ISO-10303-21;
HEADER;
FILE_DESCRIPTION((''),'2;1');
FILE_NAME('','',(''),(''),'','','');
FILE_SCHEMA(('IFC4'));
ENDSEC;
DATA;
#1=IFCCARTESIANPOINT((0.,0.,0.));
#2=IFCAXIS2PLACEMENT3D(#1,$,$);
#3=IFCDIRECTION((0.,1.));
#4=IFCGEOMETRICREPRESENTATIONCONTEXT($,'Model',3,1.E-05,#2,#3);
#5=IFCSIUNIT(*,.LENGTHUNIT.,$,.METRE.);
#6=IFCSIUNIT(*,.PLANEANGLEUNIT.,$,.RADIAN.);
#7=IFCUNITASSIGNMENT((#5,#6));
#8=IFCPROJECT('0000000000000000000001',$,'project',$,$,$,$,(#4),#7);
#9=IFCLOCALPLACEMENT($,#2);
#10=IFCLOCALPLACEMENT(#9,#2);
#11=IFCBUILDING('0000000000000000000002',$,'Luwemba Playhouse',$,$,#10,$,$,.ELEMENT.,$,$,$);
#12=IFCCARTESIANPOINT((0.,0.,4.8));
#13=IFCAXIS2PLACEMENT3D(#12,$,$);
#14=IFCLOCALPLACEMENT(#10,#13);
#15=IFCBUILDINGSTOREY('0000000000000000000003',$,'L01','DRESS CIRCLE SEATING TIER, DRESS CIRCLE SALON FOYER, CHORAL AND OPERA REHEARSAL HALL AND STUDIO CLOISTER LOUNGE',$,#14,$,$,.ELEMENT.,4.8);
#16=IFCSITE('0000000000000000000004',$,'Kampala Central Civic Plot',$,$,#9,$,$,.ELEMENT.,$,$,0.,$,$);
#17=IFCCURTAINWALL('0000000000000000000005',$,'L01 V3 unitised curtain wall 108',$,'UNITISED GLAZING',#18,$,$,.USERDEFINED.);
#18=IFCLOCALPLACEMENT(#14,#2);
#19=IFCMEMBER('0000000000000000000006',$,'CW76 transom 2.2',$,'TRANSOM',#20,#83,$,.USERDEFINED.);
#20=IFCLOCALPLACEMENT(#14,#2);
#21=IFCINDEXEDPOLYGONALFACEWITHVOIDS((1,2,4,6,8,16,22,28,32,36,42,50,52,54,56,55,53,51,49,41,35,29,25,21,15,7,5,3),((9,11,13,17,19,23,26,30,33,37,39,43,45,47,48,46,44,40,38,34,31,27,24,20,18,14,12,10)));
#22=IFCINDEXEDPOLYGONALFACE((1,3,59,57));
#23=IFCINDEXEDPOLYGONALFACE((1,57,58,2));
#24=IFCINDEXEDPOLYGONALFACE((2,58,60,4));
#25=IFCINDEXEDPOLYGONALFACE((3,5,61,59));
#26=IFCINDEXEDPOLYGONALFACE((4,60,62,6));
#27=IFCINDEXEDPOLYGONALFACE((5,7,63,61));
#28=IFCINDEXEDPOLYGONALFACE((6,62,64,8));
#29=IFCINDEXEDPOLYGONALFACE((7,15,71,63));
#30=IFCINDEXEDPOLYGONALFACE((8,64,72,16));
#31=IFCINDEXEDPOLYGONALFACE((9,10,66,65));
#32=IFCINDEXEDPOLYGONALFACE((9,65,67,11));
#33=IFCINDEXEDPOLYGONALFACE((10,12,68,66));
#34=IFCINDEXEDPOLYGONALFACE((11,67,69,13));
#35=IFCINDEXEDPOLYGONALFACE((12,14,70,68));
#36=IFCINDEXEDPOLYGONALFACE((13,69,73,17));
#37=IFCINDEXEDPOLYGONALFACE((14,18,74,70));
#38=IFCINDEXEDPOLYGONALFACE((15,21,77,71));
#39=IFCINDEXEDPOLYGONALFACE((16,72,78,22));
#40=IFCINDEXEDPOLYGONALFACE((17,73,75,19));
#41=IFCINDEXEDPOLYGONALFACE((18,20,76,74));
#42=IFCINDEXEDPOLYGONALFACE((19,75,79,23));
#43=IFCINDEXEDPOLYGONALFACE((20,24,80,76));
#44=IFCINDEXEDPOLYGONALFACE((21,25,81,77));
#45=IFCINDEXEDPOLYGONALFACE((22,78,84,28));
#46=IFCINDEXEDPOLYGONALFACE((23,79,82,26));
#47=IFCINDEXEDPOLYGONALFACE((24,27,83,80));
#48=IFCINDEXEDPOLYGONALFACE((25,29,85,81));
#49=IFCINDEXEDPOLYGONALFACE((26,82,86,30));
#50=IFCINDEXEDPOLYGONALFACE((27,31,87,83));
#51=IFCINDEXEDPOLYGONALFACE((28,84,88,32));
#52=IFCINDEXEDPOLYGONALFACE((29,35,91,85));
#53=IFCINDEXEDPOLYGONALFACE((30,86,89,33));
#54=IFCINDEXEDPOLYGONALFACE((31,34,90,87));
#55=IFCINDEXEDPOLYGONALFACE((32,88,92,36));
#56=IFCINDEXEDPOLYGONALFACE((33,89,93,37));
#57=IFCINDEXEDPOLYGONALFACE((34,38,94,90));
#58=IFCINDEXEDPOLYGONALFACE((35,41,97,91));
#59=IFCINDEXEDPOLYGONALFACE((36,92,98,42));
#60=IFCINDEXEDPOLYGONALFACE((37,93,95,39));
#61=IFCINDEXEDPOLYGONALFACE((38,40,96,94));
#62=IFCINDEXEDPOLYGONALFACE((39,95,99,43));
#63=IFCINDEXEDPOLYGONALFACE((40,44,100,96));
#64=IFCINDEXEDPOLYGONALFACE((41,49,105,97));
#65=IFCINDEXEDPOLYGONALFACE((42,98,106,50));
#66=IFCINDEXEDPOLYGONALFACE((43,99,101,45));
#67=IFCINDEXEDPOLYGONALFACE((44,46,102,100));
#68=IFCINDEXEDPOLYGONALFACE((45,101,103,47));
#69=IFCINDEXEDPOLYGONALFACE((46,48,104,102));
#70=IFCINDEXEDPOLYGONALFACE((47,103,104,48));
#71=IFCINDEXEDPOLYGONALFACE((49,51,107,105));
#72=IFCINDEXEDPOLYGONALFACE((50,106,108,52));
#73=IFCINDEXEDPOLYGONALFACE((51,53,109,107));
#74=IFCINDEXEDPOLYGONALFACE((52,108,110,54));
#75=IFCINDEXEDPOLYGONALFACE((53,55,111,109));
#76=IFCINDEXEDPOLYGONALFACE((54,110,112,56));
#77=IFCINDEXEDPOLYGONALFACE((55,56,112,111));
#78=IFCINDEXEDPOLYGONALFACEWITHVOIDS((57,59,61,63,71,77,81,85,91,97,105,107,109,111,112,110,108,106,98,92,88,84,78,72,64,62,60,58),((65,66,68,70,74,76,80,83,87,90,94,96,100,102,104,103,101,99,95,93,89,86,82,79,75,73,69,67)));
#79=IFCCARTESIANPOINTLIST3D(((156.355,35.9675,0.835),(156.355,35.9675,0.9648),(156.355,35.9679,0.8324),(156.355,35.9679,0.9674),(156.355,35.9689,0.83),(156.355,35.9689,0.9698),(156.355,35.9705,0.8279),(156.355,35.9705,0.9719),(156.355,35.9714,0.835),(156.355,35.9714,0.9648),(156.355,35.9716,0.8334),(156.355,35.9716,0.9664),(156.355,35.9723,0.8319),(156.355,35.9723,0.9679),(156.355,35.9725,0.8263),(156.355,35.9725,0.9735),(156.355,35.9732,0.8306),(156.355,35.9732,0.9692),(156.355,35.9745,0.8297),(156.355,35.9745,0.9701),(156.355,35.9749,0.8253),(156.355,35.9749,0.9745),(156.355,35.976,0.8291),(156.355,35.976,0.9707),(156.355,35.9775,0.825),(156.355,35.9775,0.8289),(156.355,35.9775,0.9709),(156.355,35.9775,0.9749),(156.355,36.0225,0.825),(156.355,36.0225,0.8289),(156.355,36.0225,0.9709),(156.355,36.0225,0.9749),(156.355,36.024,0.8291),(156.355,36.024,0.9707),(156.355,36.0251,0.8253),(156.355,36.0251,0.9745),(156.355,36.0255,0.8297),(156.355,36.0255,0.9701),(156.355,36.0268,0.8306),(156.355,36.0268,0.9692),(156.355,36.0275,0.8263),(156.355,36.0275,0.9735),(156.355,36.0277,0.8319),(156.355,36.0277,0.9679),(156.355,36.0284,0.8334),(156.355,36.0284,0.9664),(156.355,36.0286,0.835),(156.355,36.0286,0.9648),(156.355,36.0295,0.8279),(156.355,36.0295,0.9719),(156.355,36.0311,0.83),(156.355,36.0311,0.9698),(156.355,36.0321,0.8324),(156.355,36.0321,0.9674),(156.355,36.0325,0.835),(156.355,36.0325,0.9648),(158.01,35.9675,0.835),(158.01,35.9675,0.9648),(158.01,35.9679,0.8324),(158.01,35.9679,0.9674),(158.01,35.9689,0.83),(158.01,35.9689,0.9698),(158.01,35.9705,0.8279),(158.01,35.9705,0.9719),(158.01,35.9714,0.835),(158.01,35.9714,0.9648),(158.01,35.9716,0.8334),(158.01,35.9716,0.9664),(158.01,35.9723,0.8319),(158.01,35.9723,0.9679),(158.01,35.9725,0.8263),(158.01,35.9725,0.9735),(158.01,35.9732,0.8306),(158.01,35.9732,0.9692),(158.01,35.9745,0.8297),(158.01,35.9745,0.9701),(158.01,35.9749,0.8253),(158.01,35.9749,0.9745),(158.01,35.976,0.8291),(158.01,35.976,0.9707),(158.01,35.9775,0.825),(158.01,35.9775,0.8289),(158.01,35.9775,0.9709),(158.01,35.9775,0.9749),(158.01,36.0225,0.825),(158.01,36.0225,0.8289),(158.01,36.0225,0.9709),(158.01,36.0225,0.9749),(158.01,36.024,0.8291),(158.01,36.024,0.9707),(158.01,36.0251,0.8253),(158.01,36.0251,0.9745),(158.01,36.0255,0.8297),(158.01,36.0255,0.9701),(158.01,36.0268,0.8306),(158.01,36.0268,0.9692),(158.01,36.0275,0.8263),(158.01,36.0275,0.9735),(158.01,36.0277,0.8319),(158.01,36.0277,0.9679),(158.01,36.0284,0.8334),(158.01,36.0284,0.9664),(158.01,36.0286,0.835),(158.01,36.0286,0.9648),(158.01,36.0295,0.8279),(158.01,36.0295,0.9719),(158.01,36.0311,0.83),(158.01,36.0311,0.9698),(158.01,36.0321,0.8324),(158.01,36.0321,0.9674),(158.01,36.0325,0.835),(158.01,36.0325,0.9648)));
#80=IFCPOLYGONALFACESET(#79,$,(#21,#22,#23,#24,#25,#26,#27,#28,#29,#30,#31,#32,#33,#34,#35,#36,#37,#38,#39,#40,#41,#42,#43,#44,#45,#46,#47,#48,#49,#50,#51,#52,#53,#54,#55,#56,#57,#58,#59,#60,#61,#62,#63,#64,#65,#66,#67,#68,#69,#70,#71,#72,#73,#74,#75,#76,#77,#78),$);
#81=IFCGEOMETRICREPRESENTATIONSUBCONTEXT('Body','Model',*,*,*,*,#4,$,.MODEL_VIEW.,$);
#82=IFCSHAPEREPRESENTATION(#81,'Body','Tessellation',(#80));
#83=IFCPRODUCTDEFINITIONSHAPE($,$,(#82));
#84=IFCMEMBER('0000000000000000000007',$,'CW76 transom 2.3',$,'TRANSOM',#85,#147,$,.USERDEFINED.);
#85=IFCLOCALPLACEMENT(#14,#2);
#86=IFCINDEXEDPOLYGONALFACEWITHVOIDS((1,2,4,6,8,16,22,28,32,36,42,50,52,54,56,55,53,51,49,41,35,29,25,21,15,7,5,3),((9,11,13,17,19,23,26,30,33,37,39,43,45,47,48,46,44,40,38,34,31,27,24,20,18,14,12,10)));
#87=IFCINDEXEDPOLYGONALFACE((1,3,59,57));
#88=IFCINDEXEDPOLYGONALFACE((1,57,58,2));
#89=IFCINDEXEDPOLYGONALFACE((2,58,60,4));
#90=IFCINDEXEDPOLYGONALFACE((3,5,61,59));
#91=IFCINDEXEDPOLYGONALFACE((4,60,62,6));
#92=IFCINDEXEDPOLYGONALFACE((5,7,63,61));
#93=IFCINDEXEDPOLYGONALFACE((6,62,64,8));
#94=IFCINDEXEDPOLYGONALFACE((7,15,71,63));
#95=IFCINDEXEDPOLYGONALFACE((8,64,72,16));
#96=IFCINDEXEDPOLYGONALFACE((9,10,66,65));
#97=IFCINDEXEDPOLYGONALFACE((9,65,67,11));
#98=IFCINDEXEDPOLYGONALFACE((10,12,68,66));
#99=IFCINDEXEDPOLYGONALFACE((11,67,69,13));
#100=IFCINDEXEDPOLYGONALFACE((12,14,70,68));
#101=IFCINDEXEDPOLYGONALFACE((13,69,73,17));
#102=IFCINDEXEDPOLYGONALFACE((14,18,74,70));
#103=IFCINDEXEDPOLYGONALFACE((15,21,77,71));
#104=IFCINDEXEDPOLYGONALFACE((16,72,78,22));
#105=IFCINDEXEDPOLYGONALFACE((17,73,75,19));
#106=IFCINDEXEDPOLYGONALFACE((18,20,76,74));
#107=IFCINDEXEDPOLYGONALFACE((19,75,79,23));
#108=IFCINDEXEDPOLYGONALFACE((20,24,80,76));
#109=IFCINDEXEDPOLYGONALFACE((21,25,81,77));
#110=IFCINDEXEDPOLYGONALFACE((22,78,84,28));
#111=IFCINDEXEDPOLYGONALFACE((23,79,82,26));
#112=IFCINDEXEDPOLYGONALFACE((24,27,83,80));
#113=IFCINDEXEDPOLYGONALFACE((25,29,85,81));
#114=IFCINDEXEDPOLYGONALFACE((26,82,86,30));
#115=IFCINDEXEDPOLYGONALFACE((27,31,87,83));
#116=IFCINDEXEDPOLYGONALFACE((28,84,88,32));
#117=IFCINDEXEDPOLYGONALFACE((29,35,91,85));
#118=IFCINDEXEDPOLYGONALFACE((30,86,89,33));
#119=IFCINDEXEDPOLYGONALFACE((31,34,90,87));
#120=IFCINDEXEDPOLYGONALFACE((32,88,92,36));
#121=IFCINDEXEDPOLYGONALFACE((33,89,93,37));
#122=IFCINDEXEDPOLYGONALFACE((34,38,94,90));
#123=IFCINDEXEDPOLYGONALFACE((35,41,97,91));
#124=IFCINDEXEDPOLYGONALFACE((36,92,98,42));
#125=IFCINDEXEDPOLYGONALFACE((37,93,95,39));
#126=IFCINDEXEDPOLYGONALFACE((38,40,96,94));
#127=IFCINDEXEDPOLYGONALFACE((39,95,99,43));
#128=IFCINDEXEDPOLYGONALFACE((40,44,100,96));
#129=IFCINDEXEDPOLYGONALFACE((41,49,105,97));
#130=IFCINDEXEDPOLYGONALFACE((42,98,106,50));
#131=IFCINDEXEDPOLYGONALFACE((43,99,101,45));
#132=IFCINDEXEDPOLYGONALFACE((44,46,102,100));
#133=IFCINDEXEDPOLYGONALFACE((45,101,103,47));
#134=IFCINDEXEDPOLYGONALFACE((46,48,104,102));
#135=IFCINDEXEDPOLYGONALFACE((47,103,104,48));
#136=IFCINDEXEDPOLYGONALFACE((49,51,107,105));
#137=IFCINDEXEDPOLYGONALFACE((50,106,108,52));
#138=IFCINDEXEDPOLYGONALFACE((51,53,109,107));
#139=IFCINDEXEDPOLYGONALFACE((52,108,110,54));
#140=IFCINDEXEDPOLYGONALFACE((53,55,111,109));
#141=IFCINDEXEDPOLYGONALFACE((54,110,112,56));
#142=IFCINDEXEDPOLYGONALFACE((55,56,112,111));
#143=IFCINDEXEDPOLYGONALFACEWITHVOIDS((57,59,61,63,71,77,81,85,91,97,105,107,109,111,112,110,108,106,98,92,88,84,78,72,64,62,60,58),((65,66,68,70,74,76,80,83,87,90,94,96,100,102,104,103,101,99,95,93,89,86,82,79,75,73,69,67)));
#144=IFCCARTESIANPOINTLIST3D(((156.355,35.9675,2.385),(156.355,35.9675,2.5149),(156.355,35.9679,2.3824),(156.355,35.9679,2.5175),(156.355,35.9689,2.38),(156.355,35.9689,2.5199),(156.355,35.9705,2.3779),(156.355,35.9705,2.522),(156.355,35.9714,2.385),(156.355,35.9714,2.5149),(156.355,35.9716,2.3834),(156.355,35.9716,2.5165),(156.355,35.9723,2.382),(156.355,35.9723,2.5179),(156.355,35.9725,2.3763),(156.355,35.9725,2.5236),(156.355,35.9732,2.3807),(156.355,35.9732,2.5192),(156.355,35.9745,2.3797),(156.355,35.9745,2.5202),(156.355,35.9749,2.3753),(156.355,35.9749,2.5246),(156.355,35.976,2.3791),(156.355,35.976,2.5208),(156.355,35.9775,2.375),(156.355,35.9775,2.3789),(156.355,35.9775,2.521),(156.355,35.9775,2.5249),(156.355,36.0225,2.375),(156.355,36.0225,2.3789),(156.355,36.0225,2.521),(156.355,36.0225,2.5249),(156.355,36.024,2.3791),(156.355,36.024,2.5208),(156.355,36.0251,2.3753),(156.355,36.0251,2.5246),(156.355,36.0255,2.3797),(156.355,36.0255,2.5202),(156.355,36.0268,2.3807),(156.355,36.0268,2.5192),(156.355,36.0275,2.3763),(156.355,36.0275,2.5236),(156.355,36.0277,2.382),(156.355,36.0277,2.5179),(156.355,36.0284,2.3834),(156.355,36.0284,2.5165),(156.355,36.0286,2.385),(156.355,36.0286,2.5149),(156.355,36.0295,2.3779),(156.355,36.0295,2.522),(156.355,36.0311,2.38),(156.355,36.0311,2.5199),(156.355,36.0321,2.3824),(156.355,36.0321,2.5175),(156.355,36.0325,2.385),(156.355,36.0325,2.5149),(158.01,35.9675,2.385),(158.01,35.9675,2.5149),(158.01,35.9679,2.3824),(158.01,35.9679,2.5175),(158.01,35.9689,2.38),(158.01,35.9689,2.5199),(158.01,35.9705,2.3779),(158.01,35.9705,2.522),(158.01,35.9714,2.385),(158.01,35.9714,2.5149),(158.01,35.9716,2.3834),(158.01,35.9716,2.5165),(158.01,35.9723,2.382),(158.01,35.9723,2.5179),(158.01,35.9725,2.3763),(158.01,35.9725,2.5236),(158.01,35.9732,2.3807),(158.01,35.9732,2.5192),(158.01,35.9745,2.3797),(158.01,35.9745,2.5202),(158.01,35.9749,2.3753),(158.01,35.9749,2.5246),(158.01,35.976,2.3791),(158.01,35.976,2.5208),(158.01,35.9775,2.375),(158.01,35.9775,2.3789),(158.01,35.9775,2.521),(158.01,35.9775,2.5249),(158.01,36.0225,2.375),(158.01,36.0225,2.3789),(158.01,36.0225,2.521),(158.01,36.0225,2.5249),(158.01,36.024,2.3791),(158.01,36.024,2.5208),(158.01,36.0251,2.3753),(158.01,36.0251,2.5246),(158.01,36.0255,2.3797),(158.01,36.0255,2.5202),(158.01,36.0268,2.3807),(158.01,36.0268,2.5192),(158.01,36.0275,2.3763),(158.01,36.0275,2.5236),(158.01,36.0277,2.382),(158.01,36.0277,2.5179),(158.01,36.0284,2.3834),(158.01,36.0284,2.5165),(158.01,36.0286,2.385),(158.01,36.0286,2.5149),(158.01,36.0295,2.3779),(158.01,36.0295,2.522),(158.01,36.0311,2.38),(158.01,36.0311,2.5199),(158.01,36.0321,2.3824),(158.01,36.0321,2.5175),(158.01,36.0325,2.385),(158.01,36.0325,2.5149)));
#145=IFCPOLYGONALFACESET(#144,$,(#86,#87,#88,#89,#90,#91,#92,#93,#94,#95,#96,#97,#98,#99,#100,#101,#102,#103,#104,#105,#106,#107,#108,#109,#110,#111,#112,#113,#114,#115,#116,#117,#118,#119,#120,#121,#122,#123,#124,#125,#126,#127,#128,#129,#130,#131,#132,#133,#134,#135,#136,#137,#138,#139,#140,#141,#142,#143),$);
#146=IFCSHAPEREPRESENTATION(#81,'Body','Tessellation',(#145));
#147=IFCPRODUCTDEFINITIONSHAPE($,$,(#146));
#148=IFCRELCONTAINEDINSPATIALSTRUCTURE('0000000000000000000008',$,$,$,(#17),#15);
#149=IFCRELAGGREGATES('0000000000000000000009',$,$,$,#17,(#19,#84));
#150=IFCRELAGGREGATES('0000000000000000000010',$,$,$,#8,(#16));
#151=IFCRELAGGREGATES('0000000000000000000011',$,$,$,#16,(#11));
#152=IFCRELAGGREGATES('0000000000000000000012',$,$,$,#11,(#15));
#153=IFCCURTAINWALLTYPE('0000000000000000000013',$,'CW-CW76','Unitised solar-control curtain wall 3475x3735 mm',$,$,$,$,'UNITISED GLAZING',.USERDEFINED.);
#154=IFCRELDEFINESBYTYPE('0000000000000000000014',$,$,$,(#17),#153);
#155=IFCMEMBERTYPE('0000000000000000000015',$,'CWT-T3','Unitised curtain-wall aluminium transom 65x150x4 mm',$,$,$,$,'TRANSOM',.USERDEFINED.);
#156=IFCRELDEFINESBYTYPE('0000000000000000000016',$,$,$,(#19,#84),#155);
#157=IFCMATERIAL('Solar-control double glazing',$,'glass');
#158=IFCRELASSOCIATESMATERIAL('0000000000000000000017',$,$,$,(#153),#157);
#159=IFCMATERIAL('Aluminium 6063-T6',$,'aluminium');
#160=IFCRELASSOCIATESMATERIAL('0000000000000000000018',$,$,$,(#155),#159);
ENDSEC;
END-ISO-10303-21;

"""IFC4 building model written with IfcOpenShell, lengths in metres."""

from ifc_helpers import new_model, si_unit, direction, frame, origin, origin_2d, place, context, subcontext, project, spatial, hollow_rectangle, extrude, material, material_profile, profile_set, type_object, element, aggregate, save


model = new_model("IFC4")

# Units and contexts
model_context = context("Model", 3, precision=1e-05, world=origin(), true_north=direction((0.0, 1.0)))
body_context = subcontext(model_context, "Body", "Model", "MODEL_VIEW")
ifc_project = project(units=[si_unit("LENGTHUNIT", "METRE"), si_unit("PLANEANGLEUNIT", "RADIAN")], contexts=[model_context])

# Site, building, storey
site_placement = place(None, origin())
site = spatial("IfcSite", under=ifc_project, at=site_placement, Name="Kampala Central Civic Plot", CompositionType="ELEMENT", RefElevation=0.0)
building_placement = place(site_placement, origin())
building = spatial("IfcBuilding", under=site, at=building_placement, Name="Luwemba Playhouse", CompositionType="ELEMENT")
storey_placement = place(building_placement, frame((0.0, 0.0, 4.8)))
storey = spatial("IfcBuildingStorey", under=building, at=storey_placement, Name="L01", Description="DRESS CIRCLE SEATING TIER, DRESS CIRCLE SALON FOYER, CHORAL AND OPERA REHEARSAL HALL AND STUDIO CLOISTER LOUNGE", CompositionType="ELEMENT", Elevation=4.8)

# Curtain wall, members
ifc_material_1 = material(Name="Solar-control double glazing", Category="glass")
curtain_wall_type = type_object("IfcCurtainWallType", Name="CW-CW76", Description="Unitised solar-control curtain wall 3475x3735 mm", ElementType="UNITISED GLAZING", PredefinedType="USERDEFINED", material=ifc_material_1)
curtain_wall_placement = place(storey_placement, origin())
curtain_wall = element("IfcCurtainWall", 1, at=curtain_wall_placement, inside=storey, type_object=curtain_wall_type, Name="L01 V3 unitised curtain wall 108", ObjectType="UNITISED GLAZING", PredefinedType="USERDEFINED")
ifc_material_2 = material(Name="Aluminium 6063-T6", Category="aluminium")
ifc_material_profile_1 = material_profile(ifc_material_2, hollow_rectangle(XDim=0.0649, YDim=0.1499, WallThickness=0.0039, InnerFilletRadius=0.0061, OuterFilletRadius=0.01, at=origin_2d()))
ifc_profile_set_1 = profile_set([ifc_material_profile_1], Name="Aluminium 6063-T6")
member_type_1 = type_object("IfcMemberType", Name="CWT-T3", Description="Unitised curtain-wall aluminium transom 65x150x4 mm", ElementType="TRANSOM", PredefinedType="USERDEFINED", material=ifc_profile_set_1)
member_1_placement = place(storey_placement, frame((158.01, 36.0, 0.8999), z_axis=(-1.0, 0.0, 0.0), x_axis=(0.0, -1.0, 0.0)))
member_1 = element("IfcMember", 2, at=member_1_placement, type_object=member_type_1, Name="CW76 transom 2.2", ObjectType="TRANSOM", PredefinedType="USERDEFINED", context=body_context, shape_type="SweptSolid", body=[
    extrude(hollow_rectangle(XDim=0.0649, YDim=0.1499, WallThickness=0.0039, InnerFilletRadius=0.0061, OuterFilletRadius=0.01, at=origin_2d()), origin(), (0.0, 0.0, 1.0), 1.655),
])
member_2_placement = place(storey_placement, frame((158.01, 36.0, 2.45), z_axis=(-1.0, 0.0, 0.0), x_axis=(0.0, -1.0, 0.0)))
member_2 = element("IfcMember", 3, at=member_2_placement, type_object=member_type_1, Name="CW76 transom 2.3", ObjectType="TRANSOM", PredefinedType="USERDEFINED", context=body_context, shape_type="SweptSolid", body=[
    extrude(hollow_rectangle(XDim=0.0649, YDim=0.1499, WallThickness=0.0039, InnerFilletRadius=0.0061, OuterFilletRadius=0.01, at=origin_2d()), origin(), (0.0, 0.0, 1.0), 1.655),
])

aggregate(curtain_wall, [member_1, member_2])

save(model, "model.ifc")
